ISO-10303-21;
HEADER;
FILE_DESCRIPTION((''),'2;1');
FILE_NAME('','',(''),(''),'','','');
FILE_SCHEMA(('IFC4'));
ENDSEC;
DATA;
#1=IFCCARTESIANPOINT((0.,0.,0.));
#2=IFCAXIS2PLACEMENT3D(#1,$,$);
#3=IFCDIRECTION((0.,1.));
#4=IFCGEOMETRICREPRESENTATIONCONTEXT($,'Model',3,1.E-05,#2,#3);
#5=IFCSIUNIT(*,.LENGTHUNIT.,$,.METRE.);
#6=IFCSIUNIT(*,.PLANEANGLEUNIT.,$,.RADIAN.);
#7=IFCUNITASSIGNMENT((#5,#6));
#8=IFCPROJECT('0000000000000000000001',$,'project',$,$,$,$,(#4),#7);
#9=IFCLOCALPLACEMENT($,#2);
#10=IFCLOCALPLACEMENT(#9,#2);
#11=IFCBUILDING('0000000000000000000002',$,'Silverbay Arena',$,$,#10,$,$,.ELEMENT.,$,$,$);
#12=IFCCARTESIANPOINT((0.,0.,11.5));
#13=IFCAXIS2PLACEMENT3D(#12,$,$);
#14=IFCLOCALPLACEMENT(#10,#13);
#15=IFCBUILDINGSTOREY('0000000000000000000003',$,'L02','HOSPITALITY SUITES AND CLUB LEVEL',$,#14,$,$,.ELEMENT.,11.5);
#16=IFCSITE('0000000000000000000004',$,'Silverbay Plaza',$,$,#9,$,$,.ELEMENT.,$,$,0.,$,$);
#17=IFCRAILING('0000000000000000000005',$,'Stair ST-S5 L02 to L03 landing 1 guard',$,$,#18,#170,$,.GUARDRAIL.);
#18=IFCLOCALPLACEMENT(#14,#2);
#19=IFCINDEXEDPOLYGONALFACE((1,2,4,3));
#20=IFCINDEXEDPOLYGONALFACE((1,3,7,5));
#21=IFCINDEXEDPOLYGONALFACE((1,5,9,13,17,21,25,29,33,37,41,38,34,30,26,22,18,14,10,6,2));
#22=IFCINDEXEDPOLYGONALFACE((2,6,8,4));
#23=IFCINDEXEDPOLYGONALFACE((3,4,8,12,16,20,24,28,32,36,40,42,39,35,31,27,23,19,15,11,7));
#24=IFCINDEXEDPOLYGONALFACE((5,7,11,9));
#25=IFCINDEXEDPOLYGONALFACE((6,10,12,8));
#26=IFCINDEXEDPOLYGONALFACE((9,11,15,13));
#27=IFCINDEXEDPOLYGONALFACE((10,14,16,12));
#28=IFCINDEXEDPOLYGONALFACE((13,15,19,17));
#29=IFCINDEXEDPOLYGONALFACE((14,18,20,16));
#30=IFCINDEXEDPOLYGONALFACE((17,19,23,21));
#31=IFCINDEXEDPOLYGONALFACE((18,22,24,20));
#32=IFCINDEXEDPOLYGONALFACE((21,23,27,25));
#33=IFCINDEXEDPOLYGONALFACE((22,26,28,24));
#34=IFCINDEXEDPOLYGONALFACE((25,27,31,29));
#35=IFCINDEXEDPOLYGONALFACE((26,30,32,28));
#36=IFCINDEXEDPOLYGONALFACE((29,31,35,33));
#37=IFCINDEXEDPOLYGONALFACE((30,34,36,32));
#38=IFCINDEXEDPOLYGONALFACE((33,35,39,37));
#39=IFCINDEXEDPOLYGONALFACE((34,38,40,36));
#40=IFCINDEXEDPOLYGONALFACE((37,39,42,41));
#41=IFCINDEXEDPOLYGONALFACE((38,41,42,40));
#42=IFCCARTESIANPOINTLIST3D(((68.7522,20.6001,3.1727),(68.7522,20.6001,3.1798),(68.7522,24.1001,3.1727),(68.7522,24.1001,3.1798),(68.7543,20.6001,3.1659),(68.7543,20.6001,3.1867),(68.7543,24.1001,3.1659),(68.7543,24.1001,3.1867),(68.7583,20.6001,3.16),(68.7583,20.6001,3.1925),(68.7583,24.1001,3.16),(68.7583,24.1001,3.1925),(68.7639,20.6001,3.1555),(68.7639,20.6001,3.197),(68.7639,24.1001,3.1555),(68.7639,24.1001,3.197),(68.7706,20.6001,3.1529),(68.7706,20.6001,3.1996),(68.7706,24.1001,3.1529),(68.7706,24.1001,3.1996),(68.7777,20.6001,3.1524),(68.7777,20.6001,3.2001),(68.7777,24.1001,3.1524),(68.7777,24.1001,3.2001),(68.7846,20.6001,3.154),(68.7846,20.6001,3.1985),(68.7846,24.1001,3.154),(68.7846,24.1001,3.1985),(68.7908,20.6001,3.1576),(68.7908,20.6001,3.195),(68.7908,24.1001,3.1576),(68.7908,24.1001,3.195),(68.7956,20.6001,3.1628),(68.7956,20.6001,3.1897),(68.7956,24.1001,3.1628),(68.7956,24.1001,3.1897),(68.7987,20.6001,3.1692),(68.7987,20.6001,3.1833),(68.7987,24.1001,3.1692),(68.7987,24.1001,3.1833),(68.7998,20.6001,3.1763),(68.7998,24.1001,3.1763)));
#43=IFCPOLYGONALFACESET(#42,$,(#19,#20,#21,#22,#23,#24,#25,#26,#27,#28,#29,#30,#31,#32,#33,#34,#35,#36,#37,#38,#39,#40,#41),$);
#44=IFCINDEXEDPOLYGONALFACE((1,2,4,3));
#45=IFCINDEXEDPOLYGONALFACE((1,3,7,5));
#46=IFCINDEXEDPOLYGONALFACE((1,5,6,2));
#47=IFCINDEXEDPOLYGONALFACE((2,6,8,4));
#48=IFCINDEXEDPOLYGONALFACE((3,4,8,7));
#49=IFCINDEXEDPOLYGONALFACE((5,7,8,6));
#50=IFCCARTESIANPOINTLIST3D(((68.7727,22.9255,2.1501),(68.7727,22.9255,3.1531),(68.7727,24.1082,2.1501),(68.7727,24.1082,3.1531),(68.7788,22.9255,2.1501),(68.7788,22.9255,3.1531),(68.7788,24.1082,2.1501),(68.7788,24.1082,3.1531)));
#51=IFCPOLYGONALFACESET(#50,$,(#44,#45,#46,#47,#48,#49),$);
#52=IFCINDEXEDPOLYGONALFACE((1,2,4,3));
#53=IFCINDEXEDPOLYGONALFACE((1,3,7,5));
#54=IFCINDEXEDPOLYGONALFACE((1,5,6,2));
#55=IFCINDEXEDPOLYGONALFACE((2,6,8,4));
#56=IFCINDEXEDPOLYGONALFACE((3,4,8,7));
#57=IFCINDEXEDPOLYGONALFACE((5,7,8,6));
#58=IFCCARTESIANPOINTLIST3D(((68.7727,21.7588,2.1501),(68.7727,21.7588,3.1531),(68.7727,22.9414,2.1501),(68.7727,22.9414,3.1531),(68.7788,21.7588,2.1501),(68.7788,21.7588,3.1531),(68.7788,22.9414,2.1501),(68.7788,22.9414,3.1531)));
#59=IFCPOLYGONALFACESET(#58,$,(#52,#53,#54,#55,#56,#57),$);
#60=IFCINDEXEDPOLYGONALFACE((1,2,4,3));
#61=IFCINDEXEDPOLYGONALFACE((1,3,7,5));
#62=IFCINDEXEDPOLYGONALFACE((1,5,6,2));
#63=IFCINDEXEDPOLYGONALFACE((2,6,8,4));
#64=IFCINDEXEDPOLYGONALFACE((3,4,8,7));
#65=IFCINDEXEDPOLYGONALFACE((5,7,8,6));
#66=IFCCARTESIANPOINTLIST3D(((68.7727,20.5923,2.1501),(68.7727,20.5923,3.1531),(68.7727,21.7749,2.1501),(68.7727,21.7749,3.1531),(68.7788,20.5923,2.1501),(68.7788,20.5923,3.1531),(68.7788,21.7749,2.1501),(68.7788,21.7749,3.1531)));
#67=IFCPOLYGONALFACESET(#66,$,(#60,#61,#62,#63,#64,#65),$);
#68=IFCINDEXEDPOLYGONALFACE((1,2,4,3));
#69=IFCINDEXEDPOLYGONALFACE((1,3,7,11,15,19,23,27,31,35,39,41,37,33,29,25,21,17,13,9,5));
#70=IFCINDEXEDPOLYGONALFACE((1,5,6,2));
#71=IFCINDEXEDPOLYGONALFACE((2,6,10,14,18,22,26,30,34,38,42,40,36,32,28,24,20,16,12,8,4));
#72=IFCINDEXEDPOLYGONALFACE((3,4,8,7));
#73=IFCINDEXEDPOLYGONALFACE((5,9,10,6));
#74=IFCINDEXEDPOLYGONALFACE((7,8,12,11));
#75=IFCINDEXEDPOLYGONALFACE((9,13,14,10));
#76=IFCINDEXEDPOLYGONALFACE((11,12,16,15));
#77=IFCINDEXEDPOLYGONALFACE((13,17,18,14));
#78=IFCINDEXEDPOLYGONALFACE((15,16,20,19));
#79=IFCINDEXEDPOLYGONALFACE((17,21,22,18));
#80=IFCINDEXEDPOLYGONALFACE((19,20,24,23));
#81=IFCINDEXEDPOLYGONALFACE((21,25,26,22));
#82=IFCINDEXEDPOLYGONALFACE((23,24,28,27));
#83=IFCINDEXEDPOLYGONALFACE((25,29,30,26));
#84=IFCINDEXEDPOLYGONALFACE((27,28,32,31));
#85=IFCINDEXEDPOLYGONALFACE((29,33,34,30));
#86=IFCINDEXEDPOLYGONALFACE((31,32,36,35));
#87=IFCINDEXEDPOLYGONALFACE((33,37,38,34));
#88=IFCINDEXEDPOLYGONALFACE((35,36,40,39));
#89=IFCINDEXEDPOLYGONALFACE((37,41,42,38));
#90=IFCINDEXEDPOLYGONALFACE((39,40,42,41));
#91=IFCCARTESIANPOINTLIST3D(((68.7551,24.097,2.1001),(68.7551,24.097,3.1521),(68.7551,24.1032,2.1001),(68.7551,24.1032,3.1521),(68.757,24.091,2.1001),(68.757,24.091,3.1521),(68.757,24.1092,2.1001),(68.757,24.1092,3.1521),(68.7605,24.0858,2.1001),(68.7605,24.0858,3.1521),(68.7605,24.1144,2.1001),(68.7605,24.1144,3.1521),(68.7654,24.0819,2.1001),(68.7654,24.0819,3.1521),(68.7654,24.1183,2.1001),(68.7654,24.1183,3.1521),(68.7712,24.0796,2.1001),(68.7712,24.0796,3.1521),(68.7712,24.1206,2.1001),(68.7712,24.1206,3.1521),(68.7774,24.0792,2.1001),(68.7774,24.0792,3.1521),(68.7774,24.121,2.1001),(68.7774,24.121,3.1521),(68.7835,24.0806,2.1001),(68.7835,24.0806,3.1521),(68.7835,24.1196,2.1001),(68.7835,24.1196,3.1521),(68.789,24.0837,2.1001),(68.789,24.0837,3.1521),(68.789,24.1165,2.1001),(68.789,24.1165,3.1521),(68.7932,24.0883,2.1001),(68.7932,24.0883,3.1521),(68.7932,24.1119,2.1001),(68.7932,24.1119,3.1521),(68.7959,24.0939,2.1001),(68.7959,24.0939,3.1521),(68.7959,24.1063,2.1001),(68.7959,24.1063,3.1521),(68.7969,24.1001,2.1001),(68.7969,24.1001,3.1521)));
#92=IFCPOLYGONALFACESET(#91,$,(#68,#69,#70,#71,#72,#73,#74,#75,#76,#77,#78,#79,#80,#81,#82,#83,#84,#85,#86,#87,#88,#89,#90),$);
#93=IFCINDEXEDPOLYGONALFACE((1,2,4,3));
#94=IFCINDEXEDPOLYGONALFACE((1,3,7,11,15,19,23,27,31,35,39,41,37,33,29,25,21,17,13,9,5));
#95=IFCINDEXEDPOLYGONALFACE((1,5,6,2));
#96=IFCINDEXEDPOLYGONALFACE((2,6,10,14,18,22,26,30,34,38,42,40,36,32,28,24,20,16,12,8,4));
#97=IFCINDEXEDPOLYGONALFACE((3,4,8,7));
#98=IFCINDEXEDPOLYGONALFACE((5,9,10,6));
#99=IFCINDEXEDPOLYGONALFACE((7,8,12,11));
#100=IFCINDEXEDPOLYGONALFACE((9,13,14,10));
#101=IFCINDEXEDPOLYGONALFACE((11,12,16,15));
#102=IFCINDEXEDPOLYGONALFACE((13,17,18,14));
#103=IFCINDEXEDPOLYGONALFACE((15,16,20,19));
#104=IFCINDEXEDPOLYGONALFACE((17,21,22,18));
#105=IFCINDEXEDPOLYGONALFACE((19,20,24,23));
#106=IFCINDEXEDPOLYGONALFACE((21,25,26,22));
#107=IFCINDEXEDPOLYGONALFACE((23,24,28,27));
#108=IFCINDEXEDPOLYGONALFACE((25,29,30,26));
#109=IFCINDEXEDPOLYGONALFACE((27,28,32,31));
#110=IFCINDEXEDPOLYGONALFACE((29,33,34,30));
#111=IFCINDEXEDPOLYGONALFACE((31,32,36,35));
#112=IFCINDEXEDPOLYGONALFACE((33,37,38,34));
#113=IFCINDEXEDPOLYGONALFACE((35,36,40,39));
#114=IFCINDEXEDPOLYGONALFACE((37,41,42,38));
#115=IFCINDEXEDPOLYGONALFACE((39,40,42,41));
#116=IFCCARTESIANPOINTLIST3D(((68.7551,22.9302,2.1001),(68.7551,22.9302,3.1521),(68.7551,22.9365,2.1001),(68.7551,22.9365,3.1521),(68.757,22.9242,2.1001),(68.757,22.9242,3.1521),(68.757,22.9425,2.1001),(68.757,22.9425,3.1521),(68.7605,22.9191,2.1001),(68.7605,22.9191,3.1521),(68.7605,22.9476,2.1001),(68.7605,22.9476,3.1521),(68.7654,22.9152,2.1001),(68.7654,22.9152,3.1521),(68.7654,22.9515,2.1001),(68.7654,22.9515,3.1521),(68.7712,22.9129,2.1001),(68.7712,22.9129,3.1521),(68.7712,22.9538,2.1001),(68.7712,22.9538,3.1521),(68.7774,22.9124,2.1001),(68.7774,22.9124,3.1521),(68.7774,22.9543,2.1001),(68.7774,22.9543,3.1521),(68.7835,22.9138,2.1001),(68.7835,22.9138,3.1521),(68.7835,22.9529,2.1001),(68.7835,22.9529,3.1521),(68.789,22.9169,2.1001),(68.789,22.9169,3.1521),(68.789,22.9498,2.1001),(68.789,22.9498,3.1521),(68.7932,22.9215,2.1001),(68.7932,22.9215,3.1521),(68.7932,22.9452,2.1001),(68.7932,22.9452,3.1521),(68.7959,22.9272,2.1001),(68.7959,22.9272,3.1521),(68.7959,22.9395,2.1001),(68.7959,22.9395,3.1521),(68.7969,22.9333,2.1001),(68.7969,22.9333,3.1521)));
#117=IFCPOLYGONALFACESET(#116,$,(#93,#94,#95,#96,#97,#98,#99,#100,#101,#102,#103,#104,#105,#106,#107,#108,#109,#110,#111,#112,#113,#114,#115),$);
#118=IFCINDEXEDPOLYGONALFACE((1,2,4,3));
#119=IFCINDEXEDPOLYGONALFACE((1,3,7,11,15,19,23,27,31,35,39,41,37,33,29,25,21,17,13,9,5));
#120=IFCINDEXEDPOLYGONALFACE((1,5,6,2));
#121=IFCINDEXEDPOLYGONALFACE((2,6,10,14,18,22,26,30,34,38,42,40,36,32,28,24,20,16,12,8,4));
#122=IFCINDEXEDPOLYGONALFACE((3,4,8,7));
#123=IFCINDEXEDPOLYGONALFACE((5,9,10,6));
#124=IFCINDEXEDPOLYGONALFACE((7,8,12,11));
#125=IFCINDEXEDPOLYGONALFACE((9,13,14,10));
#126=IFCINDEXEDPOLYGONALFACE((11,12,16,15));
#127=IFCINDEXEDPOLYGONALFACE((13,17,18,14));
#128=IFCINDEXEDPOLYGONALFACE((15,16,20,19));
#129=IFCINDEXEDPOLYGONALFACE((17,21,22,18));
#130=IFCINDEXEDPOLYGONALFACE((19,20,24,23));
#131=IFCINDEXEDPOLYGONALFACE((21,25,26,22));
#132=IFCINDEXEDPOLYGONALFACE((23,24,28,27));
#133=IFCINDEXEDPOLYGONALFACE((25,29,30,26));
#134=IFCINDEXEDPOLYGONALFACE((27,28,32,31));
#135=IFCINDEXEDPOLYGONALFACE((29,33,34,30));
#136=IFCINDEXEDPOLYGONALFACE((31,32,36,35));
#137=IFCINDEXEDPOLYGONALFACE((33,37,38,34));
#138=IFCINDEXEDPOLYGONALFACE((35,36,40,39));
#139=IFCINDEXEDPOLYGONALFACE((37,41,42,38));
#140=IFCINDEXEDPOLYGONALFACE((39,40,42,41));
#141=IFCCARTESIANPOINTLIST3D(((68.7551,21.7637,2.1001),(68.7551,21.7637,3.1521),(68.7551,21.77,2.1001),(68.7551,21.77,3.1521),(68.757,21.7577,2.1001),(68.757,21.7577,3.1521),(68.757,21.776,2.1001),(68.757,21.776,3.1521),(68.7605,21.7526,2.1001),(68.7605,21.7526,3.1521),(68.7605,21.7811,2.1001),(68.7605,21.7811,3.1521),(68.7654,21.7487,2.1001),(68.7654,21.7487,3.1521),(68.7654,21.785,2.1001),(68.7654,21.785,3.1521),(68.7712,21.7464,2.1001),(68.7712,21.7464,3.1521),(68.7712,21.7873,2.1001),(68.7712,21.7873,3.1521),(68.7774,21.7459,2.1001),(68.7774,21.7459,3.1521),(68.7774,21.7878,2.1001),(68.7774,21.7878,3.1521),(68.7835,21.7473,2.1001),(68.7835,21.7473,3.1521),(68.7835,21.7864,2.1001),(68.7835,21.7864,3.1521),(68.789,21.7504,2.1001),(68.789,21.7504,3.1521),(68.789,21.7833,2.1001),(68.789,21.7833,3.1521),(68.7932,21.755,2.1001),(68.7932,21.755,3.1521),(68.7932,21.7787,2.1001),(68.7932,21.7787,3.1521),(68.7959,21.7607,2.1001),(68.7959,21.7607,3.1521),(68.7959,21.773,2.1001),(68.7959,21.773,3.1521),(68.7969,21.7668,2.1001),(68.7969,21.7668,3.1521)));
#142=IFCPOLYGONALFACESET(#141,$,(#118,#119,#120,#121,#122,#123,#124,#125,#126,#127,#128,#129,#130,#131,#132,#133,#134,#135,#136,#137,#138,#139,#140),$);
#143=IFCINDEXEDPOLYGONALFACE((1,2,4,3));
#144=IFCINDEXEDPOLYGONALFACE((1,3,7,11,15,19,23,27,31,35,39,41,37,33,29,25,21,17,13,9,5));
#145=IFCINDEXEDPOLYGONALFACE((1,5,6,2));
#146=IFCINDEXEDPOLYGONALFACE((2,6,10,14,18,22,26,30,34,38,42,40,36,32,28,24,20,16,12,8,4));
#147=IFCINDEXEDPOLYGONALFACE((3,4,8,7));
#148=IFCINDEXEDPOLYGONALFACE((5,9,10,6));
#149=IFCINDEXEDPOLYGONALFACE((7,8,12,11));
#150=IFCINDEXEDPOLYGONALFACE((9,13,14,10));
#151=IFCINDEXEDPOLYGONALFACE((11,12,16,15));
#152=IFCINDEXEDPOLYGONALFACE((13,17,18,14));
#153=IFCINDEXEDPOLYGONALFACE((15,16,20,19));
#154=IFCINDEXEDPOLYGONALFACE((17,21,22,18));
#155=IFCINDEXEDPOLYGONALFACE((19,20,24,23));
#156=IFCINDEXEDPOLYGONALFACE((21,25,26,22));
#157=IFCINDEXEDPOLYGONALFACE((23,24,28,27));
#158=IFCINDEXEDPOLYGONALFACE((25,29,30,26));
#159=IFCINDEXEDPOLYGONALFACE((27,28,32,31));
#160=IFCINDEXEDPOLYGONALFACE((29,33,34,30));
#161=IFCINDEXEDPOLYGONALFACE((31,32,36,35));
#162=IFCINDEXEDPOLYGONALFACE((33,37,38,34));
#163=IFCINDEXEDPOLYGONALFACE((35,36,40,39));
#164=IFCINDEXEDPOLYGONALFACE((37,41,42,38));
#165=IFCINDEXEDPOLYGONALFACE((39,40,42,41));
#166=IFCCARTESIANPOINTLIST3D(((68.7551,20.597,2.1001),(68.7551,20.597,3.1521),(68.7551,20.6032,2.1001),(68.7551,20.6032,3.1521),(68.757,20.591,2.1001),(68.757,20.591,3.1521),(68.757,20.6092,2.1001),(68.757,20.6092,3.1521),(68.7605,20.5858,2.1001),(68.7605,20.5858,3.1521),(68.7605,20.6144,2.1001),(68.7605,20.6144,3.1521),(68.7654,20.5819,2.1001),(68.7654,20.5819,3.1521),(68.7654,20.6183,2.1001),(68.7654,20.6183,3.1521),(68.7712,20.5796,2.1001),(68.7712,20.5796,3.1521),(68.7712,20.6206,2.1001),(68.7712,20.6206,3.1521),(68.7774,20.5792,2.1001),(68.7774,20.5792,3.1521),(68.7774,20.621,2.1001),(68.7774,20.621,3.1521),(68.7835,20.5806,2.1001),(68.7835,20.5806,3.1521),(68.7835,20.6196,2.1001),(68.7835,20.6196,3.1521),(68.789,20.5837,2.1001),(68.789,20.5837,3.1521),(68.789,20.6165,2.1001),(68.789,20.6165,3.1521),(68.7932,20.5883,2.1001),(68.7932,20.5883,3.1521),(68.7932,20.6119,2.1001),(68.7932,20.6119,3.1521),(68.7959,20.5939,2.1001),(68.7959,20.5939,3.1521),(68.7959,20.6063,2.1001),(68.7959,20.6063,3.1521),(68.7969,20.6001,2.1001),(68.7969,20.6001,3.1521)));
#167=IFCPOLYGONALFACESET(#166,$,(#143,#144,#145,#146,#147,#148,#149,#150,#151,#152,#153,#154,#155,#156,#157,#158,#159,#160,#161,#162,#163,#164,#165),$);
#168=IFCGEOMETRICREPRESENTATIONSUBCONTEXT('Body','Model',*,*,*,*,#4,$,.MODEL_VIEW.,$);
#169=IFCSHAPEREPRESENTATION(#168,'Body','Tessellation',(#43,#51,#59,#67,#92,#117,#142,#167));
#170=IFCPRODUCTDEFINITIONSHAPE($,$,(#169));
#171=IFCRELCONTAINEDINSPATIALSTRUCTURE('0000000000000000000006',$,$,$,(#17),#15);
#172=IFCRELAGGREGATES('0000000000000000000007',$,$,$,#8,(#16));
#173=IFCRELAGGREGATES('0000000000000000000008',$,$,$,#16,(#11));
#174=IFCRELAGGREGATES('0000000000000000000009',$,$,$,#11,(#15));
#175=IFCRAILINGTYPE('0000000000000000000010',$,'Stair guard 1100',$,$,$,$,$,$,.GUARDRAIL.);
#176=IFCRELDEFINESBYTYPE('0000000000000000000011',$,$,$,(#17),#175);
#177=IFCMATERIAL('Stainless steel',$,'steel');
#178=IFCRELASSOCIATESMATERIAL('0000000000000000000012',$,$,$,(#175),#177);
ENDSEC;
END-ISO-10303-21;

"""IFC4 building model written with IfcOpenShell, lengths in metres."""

from ifc_helpers import new_model, si_unit, direction, frame, origin, origin_2d, place, context, subcontext, project, spatial, polyline, circle, outline, extrude, material, type_object, element, save


model = new_model("IFC4")

# Units and contexts
model_context = context("Model", 3, precision=1e-05, world=origin(), true_north=direction((0.0, 1.0)))
body_context = subcontext(model_context, "Body", "Model", "MODEL_VIEW")
ifc_project = project(units=[si_unit("LENGTHUNIT", "METRE"), si_unit("PLANEANGLEUNIT", "RADIAN")], contexts=[model_context])

# Site, building, storey
site_placement = place(None, origin())
site = spatial("IfcSite", under=ifc_project, at=site_placement, Name="Silverbay Plaza", CompositionType="ELEMENT", RefElevation=0.0)
building_placement = place(site_placement, origin())
building = spatial("IfcBuilding", under=site, at=building_placement, Name="Silverbay Arena", CompositionType="ELEMENT")
storey_placement = place(building_placement, frame((0.0, 0.0, 11.5)))
storey = spatial("IfcBuildingStorey", under=building, at=storey_placement, Name="L02", Description="HOSPITALITY SUITES AND CLUB LEVEL", CompositionType="ELEMENT", Elevation=11.5)

# Railing
ifc_material_1 = material(Name="Stainless steel", Category="steel")
railing_type_1 = type_object("IfcRailingType", Name="Stair guard 1100", PredefinedType="GUARDRAIL", material=ifc_material_1)
for number, where, name in (
    (1, (68.7759, 24.1001, 2.1001), "Stair ST-S5 L02 to L03 landing 1 guard"),
):
    element("IfcRailing", number, at=place(storey_placement, frame(where)), inside=storey, type_object=railing_type_1, Name=name, PredefinedType="GUARDRAIL", context=body_context, shape_type="SweptSolid", body=[
        extrude(circle(Radius=0.0239, at=origin_2d()), frame((0.0, 0.0, 1.0762), z_axis=(0.0, -1.0, 0.0), x_axis=(1.0, 0.0, 0.0)), (0.0, 0.0, 1.0), 3.5),
        extrude(outline(polyline([(-0.0081, 0.05), (1.1746, 0.05), (1.1746, 1.053), (-0.0081, 1.053), (-0.0081, 0.05)])), frame((0.0029, 0.0, 0.0), z_axis=(-1.0, 0.0, 0.0), x_axis=(0.0, -1.0, 0.0)), (0.0, 0.0, 1.0), 0.0061),
        extrude(outline(polyline([(-0.0081, 0.05), (1.1746, 0.05), (1.1746, 1.053), (-0.0081, 1.053), (-0.0081, 0.05)])), frame((0.0029, -1.1667, 0.0), z_axis=(-1.0, 0.0, 0.0), x_axis=(0.0, -1.0, 0.0)), (0.0, 0.0, 1.0), 0.0061),
        extrude(outline(polyline([(-0.0081, 0.05), (1.1746, 0.05), (1.1746, 1.053), (-0.0081, 1.053), (-0.0081, 0.05)])), frame((0.0029, -2.3333, 0.0), z_axis=(-1.0, 0.0, 0.0), x_axis=(0.0, -1.0, 0.0)), (0.0, 0.0, 1.0), 0.0061),
        extrude(circle(Radius=0.021, at=origin_2d()), origin(), (0.0, 0.0, 1.0), 1.052),
        extrude(circle(Radius=0.021, at=origin_2d()), frame((0.0, -1.1667, 0.0)), (0.0, 0.0, 1.0), 1.052),
        extrude(circle(Radius=0.021, at=origin_2d()), frame((0.0, -2.3333, 0.0)), (0.0, 0.0, 1.0), 1.052),
        extrude(circle(Radius=0.021, at=origin_2d()), frame((0.0, -3.5, 0.0)), (0.0, 0.0, 1.0), 1.052),
    ])

save(model, "model.ifc")
